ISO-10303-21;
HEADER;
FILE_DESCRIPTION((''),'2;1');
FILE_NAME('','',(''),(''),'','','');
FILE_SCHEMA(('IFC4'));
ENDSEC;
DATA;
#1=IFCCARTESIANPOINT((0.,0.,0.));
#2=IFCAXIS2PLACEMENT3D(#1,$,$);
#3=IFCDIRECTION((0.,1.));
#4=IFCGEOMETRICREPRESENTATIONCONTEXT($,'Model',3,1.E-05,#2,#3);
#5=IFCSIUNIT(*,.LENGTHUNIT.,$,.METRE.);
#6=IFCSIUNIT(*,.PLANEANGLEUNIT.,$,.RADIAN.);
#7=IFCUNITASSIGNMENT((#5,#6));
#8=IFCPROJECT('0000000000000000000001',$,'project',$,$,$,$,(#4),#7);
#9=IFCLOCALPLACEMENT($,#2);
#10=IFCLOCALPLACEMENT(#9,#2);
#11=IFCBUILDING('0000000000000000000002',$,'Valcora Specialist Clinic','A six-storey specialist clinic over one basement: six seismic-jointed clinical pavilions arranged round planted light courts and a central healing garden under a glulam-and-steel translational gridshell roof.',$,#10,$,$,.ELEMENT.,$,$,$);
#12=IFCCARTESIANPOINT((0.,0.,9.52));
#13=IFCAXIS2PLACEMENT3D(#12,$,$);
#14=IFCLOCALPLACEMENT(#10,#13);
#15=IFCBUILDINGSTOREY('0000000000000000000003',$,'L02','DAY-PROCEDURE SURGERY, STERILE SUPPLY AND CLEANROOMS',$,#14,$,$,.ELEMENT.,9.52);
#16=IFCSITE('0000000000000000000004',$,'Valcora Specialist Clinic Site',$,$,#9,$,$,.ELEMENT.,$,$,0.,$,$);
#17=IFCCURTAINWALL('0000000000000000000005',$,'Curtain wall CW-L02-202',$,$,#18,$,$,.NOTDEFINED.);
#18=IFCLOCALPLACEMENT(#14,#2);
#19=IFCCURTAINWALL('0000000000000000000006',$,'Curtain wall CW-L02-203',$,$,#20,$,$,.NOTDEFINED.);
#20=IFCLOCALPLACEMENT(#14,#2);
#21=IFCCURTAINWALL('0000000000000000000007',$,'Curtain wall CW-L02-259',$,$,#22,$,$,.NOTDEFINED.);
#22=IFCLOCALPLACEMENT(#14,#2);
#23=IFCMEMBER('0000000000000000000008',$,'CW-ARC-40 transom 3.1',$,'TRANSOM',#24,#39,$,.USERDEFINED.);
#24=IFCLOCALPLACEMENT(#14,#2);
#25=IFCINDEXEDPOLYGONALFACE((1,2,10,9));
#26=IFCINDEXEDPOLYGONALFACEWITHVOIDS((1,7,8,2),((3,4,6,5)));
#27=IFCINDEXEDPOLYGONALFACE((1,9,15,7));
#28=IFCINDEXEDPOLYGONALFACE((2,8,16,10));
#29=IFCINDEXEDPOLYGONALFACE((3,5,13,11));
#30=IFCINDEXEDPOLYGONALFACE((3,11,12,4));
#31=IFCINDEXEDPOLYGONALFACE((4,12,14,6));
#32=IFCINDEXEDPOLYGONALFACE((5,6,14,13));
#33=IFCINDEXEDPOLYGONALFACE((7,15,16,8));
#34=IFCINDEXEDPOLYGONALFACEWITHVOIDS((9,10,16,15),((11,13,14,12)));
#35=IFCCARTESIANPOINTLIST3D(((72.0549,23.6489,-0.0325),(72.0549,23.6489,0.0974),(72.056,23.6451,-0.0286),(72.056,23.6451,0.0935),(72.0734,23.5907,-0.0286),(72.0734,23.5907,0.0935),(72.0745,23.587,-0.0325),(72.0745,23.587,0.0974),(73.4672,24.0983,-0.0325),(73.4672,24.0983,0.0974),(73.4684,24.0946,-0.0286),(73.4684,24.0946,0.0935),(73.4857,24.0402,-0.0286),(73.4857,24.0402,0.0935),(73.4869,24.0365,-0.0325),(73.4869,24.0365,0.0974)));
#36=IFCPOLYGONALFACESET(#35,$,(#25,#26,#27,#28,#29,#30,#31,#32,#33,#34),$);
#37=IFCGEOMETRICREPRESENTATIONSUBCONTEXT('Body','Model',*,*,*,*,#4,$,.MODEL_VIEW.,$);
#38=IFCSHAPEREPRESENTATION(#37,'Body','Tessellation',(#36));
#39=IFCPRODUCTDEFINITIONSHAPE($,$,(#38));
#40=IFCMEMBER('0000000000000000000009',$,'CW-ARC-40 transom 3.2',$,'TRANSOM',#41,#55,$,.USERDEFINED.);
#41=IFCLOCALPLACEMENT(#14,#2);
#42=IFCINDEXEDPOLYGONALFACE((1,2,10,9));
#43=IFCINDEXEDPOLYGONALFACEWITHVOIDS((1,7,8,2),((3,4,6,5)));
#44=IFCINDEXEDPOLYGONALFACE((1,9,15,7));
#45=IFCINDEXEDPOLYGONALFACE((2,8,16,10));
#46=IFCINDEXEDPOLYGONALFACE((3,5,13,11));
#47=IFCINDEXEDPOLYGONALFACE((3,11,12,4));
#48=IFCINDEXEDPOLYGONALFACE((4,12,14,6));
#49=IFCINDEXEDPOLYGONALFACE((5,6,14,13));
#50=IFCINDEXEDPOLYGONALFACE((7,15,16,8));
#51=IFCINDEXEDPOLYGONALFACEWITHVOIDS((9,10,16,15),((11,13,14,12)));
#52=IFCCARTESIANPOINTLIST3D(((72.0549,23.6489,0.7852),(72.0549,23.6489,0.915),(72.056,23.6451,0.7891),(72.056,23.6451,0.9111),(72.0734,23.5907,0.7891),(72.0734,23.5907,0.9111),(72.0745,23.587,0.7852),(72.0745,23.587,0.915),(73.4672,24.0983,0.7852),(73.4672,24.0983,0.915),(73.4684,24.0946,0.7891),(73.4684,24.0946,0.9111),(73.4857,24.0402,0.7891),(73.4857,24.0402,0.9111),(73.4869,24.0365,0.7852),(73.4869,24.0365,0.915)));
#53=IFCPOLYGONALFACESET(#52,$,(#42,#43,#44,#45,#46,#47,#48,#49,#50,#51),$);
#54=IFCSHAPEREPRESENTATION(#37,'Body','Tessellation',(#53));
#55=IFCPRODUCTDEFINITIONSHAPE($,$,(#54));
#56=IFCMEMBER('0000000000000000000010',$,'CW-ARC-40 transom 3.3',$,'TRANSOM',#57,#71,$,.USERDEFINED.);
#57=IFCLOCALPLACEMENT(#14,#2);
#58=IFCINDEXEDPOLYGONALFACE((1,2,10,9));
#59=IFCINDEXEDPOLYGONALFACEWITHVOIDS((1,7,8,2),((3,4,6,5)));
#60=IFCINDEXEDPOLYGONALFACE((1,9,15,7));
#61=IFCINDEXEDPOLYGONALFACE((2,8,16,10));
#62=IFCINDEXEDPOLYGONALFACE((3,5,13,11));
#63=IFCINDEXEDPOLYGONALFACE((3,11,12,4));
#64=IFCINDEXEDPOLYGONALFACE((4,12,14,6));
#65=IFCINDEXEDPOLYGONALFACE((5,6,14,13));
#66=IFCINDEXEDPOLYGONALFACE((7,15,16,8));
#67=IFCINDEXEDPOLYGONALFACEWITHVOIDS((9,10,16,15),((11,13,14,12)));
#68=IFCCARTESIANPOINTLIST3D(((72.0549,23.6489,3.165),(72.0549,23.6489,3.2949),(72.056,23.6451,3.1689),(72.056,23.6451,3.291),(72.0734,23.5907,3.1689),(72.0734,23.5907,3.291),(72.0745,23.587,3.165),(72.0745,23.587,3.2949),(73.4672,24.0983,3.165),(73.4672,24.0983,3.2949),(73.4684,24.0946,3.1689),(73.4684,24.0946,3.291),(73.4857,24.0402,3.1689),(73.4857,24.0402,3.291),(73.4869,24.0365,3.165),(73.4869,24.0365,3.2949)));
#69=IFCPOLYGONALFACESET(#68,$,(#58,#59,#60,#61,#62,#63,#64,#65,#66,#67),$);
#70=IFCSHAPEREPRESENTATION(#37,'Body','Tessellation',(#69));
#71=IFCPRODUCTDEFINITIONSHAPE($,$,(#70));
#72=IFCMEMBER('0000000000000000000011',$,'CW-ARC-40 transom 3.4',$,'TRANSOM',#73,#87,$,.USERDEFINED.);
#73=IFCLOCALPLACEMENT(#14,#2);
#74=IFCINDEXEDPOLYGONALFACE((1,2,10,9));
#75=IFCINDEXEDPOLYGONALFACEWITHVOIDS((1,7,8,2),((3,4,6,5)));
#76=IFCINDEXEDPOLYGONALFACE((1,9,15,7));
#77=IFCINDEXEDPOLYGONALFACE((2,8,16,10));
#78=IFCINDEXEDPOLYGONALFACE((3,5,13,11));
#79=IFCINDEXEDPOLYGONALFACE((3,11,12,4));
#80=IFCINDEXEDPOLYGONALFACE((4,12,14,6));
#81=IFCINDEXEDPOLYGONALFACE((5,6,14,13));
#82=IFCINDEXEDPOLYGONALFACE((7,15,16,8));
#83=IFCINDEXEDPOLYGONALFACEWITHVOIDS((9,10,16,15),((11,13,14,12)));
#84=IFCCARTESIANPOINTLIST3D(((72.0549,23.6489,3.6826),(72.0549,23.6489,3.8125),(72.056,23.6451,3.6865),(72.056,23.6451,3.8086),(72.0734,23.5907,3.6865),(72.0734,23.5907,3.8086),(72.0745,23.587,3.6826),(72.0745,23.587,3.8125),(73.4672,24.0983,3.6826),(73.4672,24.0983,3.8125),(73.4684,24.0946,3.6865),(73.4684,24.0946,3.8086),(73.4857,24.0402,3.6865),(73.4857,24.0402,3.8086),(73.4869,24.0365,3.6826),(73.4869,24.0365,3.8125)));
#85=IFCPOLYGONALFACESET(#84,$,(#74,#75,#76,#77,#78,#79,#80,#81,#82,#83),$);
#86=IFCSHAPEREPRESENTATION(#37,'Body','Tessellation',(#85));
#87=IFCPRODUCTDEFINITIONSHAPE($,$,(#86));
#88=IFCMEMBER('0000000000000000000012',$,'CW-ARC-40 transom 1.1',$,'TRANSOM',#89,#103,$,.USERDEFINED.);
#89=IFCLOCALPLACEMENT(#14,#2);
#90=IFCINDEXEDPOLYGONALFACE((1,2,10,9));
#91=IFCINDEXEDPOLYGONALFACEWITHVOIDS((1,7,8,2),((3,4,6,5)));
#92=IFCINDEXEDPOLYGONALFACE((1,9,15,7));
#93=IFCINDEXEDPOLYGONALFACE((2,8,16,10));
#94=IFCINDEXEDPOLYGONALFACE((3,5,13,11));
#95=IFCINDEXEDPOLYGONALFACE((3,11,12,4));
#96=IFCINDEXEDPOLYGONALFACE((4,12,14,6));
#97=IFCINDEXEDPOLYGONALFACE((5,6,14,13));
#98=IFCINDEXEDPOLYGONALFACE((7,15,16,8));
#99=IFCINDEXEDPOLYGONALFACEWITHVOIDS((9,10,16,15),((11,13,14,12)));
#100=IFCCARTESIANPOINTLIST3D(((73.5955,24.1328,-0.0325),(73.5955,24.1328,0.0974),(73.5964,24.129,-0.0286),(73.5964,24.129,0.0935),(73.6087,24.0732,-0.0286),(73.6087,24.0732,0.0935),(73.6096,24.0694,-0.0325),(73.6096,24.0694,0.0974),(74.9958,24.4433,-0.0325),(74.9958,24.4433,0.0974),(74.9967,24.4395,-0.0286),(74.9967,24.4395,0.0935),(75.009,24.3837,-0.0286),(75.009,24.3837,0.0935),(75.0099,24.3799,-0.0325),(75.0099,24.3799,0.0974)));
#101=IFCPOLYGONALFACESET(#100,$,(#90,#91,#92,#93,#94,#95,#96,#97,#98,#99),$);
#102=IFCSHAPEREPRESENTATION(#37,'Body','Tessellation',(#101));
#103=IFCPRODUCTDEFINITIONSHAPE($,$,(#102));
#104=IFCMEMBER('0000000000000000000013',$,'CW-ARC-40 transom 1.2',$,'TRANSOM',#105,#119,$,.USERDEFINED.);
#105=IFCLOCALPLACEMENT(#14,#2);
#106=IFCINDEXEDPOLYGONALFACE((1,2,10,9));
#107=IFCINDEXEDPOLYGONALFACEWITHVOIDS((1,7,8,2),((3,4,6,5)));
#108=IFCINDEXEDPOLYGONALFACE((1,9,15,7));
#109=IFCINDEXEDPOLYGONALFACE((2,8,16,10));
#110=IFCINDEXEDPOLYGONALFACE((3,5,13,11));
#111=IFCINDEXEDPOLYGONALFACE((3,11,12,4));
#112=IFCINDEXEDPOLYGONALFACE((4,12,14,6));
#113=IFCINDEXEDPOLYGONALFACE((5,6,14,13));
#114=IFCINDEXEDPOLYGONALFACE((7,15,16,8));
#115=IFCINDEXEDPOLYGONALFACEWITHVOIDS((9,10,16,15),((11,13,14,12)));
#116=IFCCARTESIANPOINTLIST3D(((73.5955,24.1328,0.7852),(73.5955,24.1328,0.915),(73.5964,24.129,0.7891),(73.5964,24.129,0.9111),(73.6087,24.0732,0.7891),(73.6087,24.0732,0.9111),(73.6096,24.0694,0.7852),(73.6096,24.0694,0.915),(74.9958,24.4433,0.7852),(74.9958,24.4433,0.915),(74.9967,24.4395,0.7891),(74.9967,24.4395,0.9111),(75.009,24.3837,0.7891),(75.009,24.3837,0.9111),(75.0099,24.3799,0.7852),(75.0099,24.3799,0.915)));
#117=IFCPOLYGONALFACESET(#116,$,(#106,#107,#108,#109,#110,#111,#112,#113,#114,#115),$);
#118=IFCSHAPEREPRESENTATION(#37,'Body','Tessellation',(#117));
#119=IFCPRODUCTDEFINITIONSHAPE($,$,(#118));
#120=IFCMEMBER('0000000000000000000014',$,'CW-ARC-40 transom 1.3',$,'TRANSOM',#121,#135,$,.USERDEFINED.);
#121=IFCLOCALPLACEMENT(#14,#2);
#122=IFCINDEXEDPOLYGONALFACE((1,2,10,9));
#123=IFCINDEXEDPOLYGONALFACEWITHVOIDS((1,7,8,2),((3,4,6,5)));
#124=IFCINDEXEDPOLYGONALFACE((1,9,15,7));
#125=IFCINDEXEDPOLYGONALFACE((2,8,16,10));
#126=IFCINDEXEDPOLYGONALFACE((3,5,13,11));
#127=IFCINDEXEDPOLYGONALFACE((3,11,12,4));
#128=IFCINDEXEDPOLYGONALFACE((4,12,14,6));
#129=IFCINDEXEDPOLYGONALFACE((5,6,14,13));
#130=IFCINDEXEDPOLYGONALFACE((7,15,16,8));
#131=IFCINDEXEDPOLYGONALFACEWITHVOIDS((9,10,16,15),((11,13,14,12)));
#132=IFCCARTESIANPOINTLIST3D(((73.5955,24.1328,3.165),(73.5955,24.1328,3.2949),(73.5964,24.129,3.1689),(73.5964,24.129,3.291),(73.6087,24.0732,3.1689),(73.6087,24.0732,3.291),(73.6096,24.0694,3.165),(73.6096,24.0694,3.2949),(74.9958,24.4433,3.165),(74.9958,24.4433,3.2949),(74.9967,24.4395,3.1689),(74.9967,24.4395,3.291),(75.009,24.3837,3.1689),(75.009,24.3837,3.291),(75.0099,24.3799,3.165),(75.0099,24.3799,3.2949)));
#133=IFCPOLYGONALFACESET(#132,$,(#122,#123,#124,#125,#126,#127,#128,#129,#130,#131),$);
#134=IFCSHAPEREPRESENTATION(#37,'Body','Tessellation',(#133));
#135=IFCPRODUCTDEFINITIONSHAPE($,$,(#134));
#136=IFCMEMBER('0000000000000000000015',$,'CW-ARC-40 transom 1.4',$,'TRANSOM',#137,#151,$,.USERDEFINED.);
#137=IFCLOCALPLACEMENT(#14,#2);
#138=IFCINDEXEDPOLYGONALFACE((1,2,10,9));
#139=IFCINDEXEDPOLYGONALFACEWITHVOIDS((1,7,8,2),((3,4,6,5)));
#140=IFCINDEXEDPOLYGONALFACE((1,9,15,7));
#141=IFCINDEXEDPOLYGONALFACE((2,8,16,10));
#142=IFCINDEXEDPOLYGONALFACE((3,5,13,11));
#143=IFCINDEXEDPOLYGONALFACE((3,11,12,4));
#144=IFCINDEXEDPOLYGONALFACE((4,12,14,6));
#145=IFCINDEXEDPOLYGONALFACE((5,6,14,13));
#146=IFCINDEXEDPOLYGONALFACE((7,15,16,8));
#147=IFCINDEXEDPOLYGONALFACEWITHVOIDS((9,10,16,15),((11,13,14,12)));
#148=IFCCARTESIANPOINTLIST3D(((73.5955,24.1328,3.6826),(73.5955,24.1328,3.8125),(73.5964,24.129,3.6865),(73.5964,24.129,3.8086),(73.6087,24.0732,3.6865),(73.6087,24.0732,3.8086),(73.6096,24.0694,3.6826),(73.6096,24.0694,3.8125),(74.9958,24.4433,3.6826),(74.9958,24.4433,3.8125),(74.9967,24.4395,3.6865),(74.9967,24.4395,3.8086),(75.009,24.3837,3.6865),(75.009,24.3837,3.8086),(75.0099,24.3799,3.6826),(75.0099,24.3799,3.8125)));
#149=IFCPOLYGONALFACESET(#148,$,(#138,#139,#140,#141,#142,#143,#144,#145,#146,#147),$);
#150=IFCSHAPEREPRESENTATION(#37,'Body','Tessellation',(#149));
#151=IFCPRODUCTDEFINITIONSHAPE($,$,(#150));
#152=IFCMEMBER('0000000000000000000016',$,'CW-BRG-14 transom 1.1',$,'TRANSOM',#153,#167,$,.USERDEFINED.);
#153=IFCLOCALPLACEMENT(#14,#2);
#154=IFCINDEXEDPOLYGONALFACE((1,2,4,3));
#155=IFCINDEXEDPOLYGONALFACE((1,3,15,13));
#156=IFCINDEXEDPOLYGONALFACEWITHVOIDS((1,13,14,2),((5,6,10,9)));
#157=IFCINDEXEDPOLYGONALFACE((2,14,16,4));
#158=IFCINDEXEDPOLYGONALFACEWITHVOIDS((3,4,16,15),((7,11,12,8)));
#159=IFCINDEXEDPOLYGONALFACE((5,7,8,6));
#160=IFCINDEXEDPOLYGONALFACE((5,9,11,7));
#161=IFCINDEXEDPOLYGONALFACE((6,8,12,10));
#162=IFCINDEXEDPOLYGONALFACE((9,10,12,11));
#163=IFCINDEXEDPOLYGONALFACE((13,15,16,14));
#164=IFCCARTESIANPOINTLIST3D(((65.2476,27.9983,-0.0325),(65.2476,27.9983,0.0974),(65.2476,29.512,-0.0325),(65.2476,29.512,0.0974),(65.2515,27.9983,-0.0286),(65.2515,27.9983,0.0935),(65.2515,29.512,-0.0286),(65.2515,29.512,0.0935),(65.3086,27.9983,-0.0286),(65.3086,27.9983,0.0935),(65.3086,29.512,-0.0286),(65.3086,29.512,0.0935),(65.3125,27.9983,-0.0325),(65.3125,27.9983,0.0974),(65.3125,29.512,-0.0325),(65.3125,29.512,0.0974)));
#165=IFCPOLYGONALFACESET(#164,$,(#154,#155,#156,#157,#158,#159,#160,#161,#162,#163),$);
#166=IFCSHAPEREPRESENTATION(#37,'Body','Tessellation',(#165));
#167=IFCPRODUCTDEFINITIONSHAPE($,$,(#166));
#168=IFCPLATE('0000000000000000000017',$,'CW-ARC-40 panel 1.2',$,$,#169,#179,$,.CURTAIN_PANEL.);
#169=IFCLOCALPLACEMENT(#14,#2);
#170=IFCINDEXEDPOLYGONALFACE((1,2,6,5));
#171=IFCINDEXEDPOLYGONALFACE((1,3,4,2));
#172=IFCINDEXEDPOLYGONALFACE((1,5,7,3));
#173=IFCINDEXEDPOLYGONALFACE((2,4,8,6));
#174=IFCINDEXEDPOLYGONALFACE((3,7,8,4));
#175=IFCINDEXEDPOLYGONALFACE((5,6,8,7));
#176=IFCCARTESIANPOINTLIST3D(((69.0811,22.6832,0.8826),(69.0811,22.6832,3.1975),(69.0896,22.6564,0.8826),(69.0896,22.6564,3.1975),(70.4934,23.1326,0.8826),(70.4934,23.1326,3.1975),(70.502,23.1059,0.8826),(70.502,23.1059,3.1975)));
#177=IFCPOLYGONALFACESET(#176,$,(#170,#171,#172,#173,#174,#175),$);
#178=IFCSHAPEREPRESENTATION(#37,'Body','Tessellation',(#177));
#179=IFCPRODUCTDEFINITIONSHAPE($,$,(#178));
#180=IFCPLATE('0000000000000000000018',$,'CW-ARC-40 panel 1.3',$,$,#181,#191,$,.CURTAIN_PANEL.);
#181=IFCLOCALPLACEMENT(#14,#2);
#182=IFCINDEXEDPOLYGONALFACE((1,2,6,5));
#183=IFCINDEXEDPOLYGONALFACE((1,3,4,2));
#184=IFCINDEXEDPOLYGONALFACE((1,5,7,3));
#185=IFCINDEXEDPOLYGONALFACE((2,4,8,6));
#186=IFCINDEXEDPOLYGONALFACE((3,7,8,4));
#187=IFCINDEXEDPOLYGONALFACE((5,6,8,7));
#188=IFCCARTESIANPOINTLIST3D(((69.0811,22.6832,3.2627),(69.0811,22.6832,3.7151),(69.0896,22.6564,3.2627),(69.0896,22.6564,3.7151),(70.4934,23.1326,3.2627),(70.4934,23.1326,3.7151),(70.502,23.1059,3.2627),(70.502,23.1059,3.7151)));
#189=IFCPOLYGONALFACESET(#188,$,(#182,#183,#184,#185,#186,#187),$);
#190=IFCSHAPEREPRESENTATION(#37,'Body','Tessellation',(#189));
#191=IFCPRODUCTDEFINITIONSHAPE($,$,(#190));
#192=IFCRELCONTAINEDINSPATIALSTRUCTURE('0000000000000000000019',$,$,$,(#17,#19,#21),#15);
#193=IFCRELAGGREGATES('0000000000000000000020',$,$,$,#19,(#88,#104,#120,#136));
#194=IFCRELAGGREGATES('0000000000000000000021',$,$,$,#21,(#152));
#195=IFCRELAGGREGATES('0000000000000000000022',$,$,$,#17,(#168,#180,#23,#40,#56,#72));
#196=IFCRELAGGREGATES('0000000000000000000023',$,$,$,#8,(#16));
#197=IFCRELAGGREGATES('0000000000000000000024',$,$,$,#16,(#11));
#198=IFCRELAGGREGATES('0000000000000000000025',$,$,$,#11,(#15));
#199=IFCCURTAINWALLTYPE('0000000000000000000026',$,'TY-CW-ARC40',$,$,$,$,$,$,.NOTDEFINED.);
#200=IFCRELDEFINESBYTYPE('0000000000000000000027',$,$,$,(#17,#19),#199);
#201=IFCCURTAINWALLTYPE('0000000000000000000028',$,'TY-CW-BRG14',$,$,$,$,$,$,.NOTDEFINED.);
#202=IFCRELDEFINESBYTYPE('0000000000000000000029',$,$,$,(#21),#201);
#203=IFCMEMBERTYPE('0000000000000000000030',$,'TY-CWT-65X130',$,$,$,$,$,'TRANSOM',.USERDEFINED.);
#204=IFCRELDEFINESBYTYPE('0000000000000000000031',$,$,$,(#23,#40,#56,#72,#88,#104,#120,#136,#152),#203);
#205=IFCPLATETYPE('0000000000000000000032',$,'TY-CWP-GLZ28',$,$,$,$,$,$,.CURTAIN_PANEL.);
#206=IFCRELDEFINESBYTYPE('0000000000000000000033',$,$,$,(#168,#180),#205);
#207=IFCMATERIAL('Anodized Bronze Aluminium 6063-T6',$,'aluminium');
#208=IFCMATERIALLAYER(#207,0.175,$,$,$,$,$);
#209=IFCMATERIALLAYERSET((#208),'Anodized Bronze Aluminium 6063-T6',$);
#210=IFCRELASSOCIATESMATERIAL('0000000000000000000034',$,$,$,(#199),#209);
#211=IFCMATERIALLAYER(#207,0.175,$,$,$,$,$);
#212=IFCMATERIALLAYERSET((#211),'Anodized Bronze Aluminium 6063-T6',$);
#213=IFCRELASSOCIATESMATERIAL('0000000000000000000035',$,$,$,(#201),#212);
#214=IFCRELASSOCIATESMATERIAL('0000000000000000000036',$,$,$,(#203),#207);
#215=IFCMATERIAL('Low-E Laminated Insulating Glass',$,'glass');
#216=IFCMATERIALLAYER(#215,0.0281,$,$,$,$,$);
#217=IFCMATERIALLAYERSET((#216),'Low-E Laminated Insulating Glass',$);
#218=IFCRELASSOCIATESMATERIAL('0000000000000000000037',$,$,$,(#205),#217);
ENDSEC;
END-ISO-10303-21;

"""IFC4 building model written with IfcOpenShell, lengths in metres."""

from ifc_helpers import new_model, si_unit, direction, frame, origin, origin_2d, place, context, subcontext, project, spatial, rectangle, hollow_rectangle, extrude, material, layer, layer_set, material_profile, profile_set, type_object, element, aggregate, save


model = new_model("IFC4")

# Units and contexts
model_context = context("Model", 3, precision=1e-05, world=origin(), true_north=direction((0.0, 1.0)))
body_context = subcontext(model_context, "Body", "Model", "MODEL_VIEW")
ifc_project = project(units=[si_unit("LENGTHUNIT", "METRE"), si_unit("PLANEANGLEUNIT", "RADIAN")], contexts=[model_context])

# Site, building, storey
site_placement = place(None, origin())
site = spatial("IfcSite", under=ifc_project, at=site_placement, Name="Valcora Specialist Clinic Site", CompositionType="ELEMENT", RefElevation=0.0)
building_placement = place(site_placement, origin())
building = spatial("IfcBuilding", under=site, at=building_placement, Name="Valcora Specialist Clinic", Description="A six-storey specialist clinic over one basement: six seismic-jointed clinical pavilions arranged round planted light courts and a central healing garden under a glulam-and-steel translational gridshell roof.", CompositionType="ELEMENT")
storey_placement = place(building_placement, frame((0.0, 0.0, 9.52)))
storey = spatial("IfcBuildingStorey", under=building, at=storey_placement, Name="L02", Description="DAY-PROCEDURE SURGERY, STERILE SUPPLY AND CLEANROOMS", CompositionType="ELEMENT", Elevation=9.52)

# Curtain wall
ifc_material_1 = material(Name="Anodized Bronze Aluminium 6063-T6", Category="aluminium")
ifc_layer_1 = layer(ifc_material_1, 0.175)
ifc_layer_set_1 = layer_set([ifc_layer_1], Name="Anodized Bronze Aluminium 6063-T6")
curtain_wall_type_1 = type_object("IfcCurtainWallType", Name="TY-CW-ARC40", PredefinedType="NOTDEFINED", material=ifc_layer_set_1)
curtain_wall_1_placement = place(storey_placement, origin())
curtain_wall_1 = element("IfcCurtainWall", 1, at=curtain_wall_1_placement, inside=storey, type_object=curtain_wall_type_1, Name="Curtain wall CW-L02-202", PredefinedType="NOTDEFINED")

# Curtain walls
curtain_wall_2_placement = place(storey_placement, origin())
curtain_wall_2 = element("IfcCurtainWall", 2, at=curtain_wall_2_placement, inside=storey, type_object=curtain_wall_type_1, Name="Curtain wall CW-L02-203", PredefinedType="NOTDEFINED")
ifc_layer_2 = layer(ifc_material_1, 0.175)
ifc_layer_set_2 = layer_set([ifc_layer_2], Name="Anodized Bronze Aluminium 6063-T6")
curtain_wall_type_2 = type_object("IfcCurtainWallType", Name="TY-CW-BRG14", PredefinedType="NOTDEFINED", material=ifc_layer_set_2)
curtain_wall_3_placement = place(storey_placement, origin())
curtain_wall_3 = element("IfcCurtainWall", 3, at=curtain_wall_3_placement, inside=storey, type_object=curtain_wall_type_2, Name="Curtain wall CW-L02-259", PredefinedType="NOTDEFINED")

# Members
ifc_material_profile_1 = material_profile(ifc_material_1, hollow_rectangle(XDim=0.0649, YDim=0.1299, WallThickness=0.0039, at=origin_2d()), Name="AL-TRN-65X130")
ifc_profile_set_1 = profile_set([ifc_material_profile_1], Name="Anodized Bronze Aluminium 6063-T6")
member_type_1 = type_object("IfcMemberType", Name="TY-CWT-65X130", ElementType="TRANSOM", PredefinedType="USERDEFINED", material=ifc_profile_set_1)
member_1_placement = place(storey_placement, frame((72.0647, 23.6179, 0.0325), z_axis=(0.952911, 0.303251, 0.0), x_axis=(-0.303251, 0.952911, 0.0)))
member_1 = element("IfcMember", 4, at=member_1_placement, type_object=member_type_1, Name="CW-ARC-40 transom 3.1", ObjectType="TRANSOM", PredefinedType="USERDEFINED", context=body_context, shape_type="SweptSolid", body=[
    extrude(hollow_rectangle(XDim=0.0649, YDim=0.1299, WallThickness=0.0039, at=origin_2d()), origin(), (0.0, 0.0, 1.0), 1.4822),
])
member_2_placement = place(storey_placement, frame((72.0647, 23.6179, 0.8501), z_axis=(0.952911, 0.303251, 0.0), x_axis=(-0.303251, 0.952911, 0.0)))
member_2 = element("IfcMember", 5, at=member_2_placement, type_object=member_type_1, Name="CW-ARC-40 transom 3.2", ObjectType="TRANSOM", PredefinedType="USERDEFINED", context=body_context, shape_type="SweptSolid", body=[
    extrude(hollow_rectangle(XDim=0.0649, YDim=0.1299, WallThickness=0.0039, at=origin_2d()), origin(), (0.0, 0.0, 1.0), 1.4822),
])
member_3_placement = place(storey_placement, frame((72.0647, 23.6179, 3.23), z_axis=(0.952911, 0.303251, 0.0), x_axis=(-0.303251, 0.952911, 0.0)))
member_3 = element("IfcMember", 6, at=member_3_placement, type_object=member_type_1, Name="CW-ARC-40 transom 3.3", ObjectType="TRANSOM", PredefinedType="USERDEFINED", context=body_context, shape_type="SweptSolid", body=[
    extrude(hollow_rectangle(XDim=0.0649, YDim=0.1299, WallThickness=0.0039, at=origin_2d()), origin(), (0.0, 0.0, 1.0), 1.4822),
])
member_4_placement = place(storey_placement, frame((72.0647, 23.6179, 3.7476), z_axis=(0.952911, 0.303251, 0.0), x_axis=(-0.303251, 0.952911, 0.0)))
member_4 = element("IfcMember", 7, at=member_4_placement, type_object=member_type_1, Name="CW-ARC-40 transom 3.4", ObjectType="TRANSOM", PredefinedType="USERDEFINED", context=body_context, shape_type="SweptSolid", body=[
    extrude(hollow_rectangle(XDim=0.0649, YDim=0.1299, WallThickness=0.0039, at=origin_2d()), origin(), (0.0, 0.0, 1.0), 1.4822),
])
member_5_placement = place(storey_placement, frame((73.6025, 24.1011, 0.0325), z_axis=(0.976283, 0.216498, 0.0), x_axis=(-0.216498, 0.976283, 0.0)))
member_5 = element("IfcMember", 8, at=member_5_placement, type_object=member_type_1, Name="CW-ARC-40 transom 1.1", ObjectType="TRANSOM", PredefinedType="USERDEFINED", context=body_context, shape_type="SweptSolid", body=[
    extrude(hollow_rectangle(XDim=0.0649, YDim=0.1299, WallThickness=0.0039, at=origin_2d()), origin(), (0.0, 0.0, 1.0), 1.4343),
])
member_6_placement = place(storey_placement, frame((73.6025, 24.1011, 0.8501), z_axis=(0.976283, 0.216498, 0.0), x_axis=(-0.216498, 0.976283, 0.0)))
member_6 = element("IfcMember", 9, at=member_6_placement, type_object=member_type_1, Name="CW-ARC-40 transom 1.2", ObjectType="TRANSOM", PredefinedType="USERDEFINED", context=body_context, shape_type="SweptSolid", body=[
    extrude(hollow_rectangle(XDim=0.0649, YDim=0.1299, WallThickness=0.0039, at=origin_2d()), origin(), (0.0, 0.0, 1.0), 1.4343),
])
member_7_placement = place(storey_placement, frame((73.6025, 24.1011, 3.23), z_axis=(0.976283, 0.216498, 0.0), x_axis=(-0.216498, 0.976283, 0.0)))
member_7 = element("IfcMember", 10, at=member_7_placement, type_object=member_type_1, Name="CW-ARC-40 transom 1.3", ObjectType="TRANSOM", PredefinedType="USERDEFINED", context=body_context, shape_type="SweptSolid", body=[
    extrude(hollow_rectangle(XDim=0.0649, YDim=0.1299, WallThickness=0.0039, at=origin_2d()), origin(), (0.0, 0.0, 1.0), 1.4343),
])
member_8_placement = place(storey_placement, frame((73.6025, 24.1011, 3.7476), z_axis=(0.976283, 0.216498, 0.0), x_axis=(-0.216498, 0.976283, 0.0)))
member_8 = element("IfcMember", 11, at=member_8_placement, type_object=member_type_1, Name="CW-ARC-40 transom 1.4", ObjectType="TRANSOM", PredefinedType="USERDEFINED", context=body_context, shape_type="SweptSolid", body=[
    extrude(hollow_rectangle(XDim=0.0649, YDim=0.1299, WallThickness=0.0039, at=origin_2d()), origin(), (0.0, 0.0, 1.0), 1.4343),
])
aggregate(curtain_wall_2, [member_5, member_6, member_7, member_8])
member_9_placement = place(storey_placement, frame((65.28, 27.9983, 0.0325), z_axis=(0.0, 1.0, 0.0), x_axis=(-1.0, 0.0, 0.0)))
member_9 = element("IfcMember", 12, at=member_9_placement, type_object=member_type_1, Name="CW-BRG-14 transom 1.1", ObjectType="TRANSOM", PredefinedType="USERDEFINED", context=body_context, shape_type="SweptSolid", body=[
    extrude(hollow_rectangle(XDim=0.0649, YDim=0.1299, WallThickness=0.0039, at=origin_2d()), origin(), (0.0, 0.0, 1.0), 1.5137),
])
aggregate(curtain_wall_3, [member_9])

# Plates
ifc_material_2 = material(Name="Low-E Laminated Insulating Glass", Category="glass")
ifc_layer_3 = layer(ifc_material_2, 0.0281)
ifc_layer_set_3 = layer_set([ifc_layer_3], Name="Low-E Laminated Insulating Glass")
plate_type_1 = type_object("IfcPlateType", Name="TY-CWP-GLZ28", PredefinedType="CURTAIN_PANEL", material=ifc_layer_set_3)
plate_1_placement = place(storey_placement, frame((69.7915, 22.8945, 0.8826), z_axis=(0.0, 0.0, 1.0), x_axis=(0.952916, 0.303233, 0.0)))
plate_1 = element("IfcPlate", 13, at=plate_1_placement, type_object=plate_type_1, Name="CW-ARC-40 panel 1.2", PredefinedType="CURTAIN_PANEL", context=body_context, shape_type="SweptSolid", body=[
    extrude(rectangle(XDim=1.4822, YDim=0.0281, at=origin_2d()), origin(), (0.0, 0.0, 1.0), 2.3149),
])
plate_2_placement = place(storey_placement, frame((69.7915, 22.8945, 3.2627), z_axis=(0.0, 0.0, 1.0), x_axis=(0.952916, 0.303233, 0.0)))
plate_2 = element("IfcPlate", 14, at=plate_2_placement, type_object=plate_type_1, Name="CW-ARC-40 panel 1.3", PredefinedType="CURTAIN_PANEL", context=body_context, shape_type="SweptSolid", body=[
    extrude(rectangle(XDim=1.4822, YDim=0.0281, at=origin_2d()), origin(), (0.0, 0.0, 1.0), 0.4524),
])
aggregate(curtain_wall_1, [plate_1, plate_2, member_1, member_2, member_3, member_4])

save(model, "model.ifc")
